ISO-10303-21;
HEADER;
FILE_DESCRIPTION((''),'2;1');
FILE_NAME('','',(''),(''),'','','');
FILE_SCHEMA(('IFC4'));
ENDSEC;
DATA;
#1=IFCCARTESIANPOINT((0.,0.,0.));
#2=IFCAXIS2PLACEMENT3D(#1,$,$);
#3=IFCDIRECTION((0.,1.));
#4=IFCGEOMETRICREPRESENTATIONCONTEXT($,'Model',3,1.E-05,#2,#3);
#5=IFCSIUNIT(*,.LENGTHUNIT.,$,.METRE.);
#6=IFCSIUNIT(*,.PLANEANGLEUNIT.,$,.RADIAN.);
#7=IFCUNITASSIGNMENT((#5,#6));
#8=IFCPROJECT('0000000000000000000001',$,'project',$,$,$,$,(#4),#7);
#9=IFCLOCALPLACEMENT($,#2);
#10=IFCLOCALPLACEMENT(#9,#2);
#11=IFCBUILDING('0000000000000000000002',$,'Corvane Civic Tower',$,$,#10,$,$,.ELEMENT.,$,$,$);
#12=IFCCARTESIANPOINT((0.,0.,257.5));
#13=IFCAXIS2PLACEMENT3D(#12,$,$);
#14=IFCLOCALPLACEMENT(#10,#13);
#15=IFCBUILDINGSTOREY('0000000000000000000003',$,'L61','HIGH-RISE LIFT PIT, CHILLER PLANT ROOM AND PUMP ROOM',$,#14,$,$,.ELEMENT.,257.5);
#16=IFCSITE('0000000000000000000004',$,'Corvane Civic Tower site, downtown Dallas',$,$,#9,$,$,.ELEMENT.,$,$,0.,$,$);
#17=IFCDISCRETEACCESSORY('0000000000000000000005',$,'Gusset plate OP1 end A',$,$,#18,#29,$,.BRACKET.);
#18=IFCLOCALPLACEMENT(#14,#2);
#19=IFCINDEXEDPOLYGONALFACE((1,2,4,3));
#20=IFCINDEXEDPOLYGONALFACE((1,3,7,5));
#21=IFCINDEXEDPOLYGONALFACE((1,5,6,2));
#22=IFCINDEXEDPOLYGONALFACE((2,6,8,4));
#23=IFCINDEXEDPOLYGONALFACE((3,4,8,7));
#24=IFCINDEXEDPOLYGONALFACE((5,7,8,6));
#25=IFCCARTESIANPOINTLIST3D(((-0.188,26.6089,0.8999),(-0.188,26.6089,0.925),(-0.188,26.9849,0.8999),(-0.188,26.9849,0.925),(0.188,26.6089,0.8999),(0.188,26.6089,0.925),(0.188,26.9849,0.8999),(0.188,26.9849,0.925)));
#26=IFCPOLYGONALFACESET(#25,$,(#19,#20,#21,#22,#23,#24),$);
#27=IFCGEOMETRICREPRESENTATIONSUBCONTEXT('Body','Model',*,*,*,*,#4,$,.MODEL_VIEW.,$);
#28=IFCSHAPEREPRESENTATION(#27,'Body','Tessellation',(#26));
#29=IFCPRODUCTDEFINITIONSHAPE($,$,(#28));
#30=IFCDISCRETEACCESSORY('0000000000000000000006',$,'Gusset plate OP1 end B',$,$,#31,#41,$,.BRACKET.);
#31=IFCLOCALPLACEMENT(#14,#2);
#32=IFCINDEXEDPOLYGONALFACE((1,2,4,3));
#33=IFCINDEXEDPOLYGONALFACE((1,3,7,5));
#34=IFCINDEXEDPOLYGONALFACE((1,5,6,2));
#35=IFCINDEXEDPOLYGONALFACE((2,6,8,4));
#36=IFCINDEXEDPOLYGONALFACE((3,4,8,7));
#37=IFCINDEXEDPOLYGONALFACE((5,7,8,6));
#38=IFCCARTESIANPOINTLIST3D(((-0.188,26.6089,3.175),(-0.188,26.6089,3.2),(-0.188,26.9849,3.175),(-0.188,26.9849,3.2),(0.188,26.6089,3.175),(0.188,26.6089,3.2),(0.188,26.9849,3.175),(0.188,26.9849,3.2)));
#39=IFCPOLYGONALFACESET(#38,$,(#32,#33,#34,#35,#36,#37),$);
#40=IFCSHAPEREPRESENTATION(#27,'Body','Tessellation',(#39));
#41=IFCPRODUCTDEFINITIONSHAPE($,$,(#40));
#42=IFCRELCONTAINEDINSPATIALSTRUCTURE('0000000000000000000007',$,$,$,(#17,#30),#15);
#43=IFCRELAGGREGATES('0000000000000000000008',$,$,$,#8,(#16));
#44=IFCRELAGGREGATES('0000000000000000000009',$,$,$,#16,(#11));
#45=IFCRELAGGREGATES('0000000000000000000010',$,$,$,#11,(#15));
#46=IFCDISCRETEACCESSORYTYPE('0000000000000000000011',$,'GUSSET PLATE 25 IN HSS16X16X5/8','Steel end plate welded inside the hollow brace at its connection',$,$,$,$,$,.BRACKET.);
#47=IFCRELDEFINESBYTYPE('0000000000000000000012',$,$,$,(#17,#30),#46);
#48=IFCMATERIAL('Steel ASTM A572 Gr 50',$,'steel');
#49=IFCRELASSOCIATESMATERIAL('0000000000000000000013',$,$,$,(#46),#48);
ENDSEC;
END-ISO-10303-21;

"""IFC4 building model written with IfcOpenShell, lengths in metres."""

from ifc_helpers import new_model, si_unit, direction, frame, origin, origin_2d, place, context, subcontext, project, spatial, rectangle, extrude, material, material_profile, profile_set, type_object, element, save


model = new_model("IFC4")

# Units and contexts
model_context = context("Model", 3, precision=1e-05, world=origin(), true_north=direction((0.0, 1.0)))
body_context = subcontext(model_context, "Body", "Model", "MODEL_VIEW")
ifc_project = project(units=[si_unit("LENGTHUNIT", "METRE"), si_unit("PLANEANGLEUNIT", "RADIAN")], contexts=[model_context])

# Site, building, storey
site_placement = place(None, origin())
site = spatial("IfcSite", under=ifc_project, at=site_placement, Name="Corvane Civic Tower site, downtown Dallas", CompositionType="ELEMENT", RefElevation=0.0)
building_placement = place(site_placement, origin())
building = spatial("IfcBuilding", under=site, at=building_placement, Name="Corvane Civic Tower", CompositionType="ELEMENT")
storey_placement = place(building_placement, frame((0.0, 0.0, 257.5)))
storey = spatial("IfcBuildingStorey", under=building, at=storey_placement, Name="L61", Description="HIGH-RISE LIFT PIT, CHILLER PLANT ROOM AND PUMP ROOM", CompositionType="ELEMENT", Elevation=257.5)

# Discrete accessories
ifc_material_1 = material(Name="Steel ASTM A572 Gr 50", Category="steel")
ifc_material_profile_1 = material_profile(ifc_material_1, rectangle(XDim=0.376, YDim=0.376, at=origin_2d()), Name="GUSSET PLATE 25 IN HSS16X16X5/8")
ifc_profile_set_1 = profile_set([ifc_material_profile_1], Name="Steel ASTM A572 Gr 50")
discrete_accessory_type_1 = type_object("IfcDiscreteAccessoryType", Name="GUSSET PLATE 25 IN HSS16X16X5/8", Description="Steel end plate welded inside the hollow brace at its connection", PredefinedType="BRACKET", material=ifc_profile_set_1)
discrete_accessory_1_placement = place(storey_placement, frame((0.0, 26.7969, 0.8999), z_axis=(0.0, 0.0, 1.0), x_axis=(1.0, 0.0, 0.0)))
element("IfcDiscreteAccessory", 1, at=discrete_accessory_1_placement, inside=storey, type_object=discrete_accessory_type_1, Name="Gusset plate OP1 end A", PredefinedType="BRACKET", context=body_context, shape_type="SweptSolid", body=[
    extrude(rectangle(XDim=0.376, YDim=0.376, at=origin_2d()), origin(), (0.0, 0.0, 1.0), 0.0251),
])
discrete_accessory_2_placement = place(storey_placement, frame((0.0, 26.7969, 3.2), z_axis=(0.0, 0.0, -1.0), x_axis=(1.0, 0.0, 0.0)))
element("IfcDiscreteAccessory", 2, at=discrete_accessory_2_placement, inside=storey, type_object=discrete_accessory_type_1, Name="Gusset plate OP1 end B", PredefinedType="BRACKET", context=body_context, shape_type="SweptSolid", body=[
    extrude(rectangle(XDim=0.376, YDim=0.376, at=origin_2d()), origin(), (0.0, 0.0, 1.0), 0.0249),
])

save(model, "model.ifc")
